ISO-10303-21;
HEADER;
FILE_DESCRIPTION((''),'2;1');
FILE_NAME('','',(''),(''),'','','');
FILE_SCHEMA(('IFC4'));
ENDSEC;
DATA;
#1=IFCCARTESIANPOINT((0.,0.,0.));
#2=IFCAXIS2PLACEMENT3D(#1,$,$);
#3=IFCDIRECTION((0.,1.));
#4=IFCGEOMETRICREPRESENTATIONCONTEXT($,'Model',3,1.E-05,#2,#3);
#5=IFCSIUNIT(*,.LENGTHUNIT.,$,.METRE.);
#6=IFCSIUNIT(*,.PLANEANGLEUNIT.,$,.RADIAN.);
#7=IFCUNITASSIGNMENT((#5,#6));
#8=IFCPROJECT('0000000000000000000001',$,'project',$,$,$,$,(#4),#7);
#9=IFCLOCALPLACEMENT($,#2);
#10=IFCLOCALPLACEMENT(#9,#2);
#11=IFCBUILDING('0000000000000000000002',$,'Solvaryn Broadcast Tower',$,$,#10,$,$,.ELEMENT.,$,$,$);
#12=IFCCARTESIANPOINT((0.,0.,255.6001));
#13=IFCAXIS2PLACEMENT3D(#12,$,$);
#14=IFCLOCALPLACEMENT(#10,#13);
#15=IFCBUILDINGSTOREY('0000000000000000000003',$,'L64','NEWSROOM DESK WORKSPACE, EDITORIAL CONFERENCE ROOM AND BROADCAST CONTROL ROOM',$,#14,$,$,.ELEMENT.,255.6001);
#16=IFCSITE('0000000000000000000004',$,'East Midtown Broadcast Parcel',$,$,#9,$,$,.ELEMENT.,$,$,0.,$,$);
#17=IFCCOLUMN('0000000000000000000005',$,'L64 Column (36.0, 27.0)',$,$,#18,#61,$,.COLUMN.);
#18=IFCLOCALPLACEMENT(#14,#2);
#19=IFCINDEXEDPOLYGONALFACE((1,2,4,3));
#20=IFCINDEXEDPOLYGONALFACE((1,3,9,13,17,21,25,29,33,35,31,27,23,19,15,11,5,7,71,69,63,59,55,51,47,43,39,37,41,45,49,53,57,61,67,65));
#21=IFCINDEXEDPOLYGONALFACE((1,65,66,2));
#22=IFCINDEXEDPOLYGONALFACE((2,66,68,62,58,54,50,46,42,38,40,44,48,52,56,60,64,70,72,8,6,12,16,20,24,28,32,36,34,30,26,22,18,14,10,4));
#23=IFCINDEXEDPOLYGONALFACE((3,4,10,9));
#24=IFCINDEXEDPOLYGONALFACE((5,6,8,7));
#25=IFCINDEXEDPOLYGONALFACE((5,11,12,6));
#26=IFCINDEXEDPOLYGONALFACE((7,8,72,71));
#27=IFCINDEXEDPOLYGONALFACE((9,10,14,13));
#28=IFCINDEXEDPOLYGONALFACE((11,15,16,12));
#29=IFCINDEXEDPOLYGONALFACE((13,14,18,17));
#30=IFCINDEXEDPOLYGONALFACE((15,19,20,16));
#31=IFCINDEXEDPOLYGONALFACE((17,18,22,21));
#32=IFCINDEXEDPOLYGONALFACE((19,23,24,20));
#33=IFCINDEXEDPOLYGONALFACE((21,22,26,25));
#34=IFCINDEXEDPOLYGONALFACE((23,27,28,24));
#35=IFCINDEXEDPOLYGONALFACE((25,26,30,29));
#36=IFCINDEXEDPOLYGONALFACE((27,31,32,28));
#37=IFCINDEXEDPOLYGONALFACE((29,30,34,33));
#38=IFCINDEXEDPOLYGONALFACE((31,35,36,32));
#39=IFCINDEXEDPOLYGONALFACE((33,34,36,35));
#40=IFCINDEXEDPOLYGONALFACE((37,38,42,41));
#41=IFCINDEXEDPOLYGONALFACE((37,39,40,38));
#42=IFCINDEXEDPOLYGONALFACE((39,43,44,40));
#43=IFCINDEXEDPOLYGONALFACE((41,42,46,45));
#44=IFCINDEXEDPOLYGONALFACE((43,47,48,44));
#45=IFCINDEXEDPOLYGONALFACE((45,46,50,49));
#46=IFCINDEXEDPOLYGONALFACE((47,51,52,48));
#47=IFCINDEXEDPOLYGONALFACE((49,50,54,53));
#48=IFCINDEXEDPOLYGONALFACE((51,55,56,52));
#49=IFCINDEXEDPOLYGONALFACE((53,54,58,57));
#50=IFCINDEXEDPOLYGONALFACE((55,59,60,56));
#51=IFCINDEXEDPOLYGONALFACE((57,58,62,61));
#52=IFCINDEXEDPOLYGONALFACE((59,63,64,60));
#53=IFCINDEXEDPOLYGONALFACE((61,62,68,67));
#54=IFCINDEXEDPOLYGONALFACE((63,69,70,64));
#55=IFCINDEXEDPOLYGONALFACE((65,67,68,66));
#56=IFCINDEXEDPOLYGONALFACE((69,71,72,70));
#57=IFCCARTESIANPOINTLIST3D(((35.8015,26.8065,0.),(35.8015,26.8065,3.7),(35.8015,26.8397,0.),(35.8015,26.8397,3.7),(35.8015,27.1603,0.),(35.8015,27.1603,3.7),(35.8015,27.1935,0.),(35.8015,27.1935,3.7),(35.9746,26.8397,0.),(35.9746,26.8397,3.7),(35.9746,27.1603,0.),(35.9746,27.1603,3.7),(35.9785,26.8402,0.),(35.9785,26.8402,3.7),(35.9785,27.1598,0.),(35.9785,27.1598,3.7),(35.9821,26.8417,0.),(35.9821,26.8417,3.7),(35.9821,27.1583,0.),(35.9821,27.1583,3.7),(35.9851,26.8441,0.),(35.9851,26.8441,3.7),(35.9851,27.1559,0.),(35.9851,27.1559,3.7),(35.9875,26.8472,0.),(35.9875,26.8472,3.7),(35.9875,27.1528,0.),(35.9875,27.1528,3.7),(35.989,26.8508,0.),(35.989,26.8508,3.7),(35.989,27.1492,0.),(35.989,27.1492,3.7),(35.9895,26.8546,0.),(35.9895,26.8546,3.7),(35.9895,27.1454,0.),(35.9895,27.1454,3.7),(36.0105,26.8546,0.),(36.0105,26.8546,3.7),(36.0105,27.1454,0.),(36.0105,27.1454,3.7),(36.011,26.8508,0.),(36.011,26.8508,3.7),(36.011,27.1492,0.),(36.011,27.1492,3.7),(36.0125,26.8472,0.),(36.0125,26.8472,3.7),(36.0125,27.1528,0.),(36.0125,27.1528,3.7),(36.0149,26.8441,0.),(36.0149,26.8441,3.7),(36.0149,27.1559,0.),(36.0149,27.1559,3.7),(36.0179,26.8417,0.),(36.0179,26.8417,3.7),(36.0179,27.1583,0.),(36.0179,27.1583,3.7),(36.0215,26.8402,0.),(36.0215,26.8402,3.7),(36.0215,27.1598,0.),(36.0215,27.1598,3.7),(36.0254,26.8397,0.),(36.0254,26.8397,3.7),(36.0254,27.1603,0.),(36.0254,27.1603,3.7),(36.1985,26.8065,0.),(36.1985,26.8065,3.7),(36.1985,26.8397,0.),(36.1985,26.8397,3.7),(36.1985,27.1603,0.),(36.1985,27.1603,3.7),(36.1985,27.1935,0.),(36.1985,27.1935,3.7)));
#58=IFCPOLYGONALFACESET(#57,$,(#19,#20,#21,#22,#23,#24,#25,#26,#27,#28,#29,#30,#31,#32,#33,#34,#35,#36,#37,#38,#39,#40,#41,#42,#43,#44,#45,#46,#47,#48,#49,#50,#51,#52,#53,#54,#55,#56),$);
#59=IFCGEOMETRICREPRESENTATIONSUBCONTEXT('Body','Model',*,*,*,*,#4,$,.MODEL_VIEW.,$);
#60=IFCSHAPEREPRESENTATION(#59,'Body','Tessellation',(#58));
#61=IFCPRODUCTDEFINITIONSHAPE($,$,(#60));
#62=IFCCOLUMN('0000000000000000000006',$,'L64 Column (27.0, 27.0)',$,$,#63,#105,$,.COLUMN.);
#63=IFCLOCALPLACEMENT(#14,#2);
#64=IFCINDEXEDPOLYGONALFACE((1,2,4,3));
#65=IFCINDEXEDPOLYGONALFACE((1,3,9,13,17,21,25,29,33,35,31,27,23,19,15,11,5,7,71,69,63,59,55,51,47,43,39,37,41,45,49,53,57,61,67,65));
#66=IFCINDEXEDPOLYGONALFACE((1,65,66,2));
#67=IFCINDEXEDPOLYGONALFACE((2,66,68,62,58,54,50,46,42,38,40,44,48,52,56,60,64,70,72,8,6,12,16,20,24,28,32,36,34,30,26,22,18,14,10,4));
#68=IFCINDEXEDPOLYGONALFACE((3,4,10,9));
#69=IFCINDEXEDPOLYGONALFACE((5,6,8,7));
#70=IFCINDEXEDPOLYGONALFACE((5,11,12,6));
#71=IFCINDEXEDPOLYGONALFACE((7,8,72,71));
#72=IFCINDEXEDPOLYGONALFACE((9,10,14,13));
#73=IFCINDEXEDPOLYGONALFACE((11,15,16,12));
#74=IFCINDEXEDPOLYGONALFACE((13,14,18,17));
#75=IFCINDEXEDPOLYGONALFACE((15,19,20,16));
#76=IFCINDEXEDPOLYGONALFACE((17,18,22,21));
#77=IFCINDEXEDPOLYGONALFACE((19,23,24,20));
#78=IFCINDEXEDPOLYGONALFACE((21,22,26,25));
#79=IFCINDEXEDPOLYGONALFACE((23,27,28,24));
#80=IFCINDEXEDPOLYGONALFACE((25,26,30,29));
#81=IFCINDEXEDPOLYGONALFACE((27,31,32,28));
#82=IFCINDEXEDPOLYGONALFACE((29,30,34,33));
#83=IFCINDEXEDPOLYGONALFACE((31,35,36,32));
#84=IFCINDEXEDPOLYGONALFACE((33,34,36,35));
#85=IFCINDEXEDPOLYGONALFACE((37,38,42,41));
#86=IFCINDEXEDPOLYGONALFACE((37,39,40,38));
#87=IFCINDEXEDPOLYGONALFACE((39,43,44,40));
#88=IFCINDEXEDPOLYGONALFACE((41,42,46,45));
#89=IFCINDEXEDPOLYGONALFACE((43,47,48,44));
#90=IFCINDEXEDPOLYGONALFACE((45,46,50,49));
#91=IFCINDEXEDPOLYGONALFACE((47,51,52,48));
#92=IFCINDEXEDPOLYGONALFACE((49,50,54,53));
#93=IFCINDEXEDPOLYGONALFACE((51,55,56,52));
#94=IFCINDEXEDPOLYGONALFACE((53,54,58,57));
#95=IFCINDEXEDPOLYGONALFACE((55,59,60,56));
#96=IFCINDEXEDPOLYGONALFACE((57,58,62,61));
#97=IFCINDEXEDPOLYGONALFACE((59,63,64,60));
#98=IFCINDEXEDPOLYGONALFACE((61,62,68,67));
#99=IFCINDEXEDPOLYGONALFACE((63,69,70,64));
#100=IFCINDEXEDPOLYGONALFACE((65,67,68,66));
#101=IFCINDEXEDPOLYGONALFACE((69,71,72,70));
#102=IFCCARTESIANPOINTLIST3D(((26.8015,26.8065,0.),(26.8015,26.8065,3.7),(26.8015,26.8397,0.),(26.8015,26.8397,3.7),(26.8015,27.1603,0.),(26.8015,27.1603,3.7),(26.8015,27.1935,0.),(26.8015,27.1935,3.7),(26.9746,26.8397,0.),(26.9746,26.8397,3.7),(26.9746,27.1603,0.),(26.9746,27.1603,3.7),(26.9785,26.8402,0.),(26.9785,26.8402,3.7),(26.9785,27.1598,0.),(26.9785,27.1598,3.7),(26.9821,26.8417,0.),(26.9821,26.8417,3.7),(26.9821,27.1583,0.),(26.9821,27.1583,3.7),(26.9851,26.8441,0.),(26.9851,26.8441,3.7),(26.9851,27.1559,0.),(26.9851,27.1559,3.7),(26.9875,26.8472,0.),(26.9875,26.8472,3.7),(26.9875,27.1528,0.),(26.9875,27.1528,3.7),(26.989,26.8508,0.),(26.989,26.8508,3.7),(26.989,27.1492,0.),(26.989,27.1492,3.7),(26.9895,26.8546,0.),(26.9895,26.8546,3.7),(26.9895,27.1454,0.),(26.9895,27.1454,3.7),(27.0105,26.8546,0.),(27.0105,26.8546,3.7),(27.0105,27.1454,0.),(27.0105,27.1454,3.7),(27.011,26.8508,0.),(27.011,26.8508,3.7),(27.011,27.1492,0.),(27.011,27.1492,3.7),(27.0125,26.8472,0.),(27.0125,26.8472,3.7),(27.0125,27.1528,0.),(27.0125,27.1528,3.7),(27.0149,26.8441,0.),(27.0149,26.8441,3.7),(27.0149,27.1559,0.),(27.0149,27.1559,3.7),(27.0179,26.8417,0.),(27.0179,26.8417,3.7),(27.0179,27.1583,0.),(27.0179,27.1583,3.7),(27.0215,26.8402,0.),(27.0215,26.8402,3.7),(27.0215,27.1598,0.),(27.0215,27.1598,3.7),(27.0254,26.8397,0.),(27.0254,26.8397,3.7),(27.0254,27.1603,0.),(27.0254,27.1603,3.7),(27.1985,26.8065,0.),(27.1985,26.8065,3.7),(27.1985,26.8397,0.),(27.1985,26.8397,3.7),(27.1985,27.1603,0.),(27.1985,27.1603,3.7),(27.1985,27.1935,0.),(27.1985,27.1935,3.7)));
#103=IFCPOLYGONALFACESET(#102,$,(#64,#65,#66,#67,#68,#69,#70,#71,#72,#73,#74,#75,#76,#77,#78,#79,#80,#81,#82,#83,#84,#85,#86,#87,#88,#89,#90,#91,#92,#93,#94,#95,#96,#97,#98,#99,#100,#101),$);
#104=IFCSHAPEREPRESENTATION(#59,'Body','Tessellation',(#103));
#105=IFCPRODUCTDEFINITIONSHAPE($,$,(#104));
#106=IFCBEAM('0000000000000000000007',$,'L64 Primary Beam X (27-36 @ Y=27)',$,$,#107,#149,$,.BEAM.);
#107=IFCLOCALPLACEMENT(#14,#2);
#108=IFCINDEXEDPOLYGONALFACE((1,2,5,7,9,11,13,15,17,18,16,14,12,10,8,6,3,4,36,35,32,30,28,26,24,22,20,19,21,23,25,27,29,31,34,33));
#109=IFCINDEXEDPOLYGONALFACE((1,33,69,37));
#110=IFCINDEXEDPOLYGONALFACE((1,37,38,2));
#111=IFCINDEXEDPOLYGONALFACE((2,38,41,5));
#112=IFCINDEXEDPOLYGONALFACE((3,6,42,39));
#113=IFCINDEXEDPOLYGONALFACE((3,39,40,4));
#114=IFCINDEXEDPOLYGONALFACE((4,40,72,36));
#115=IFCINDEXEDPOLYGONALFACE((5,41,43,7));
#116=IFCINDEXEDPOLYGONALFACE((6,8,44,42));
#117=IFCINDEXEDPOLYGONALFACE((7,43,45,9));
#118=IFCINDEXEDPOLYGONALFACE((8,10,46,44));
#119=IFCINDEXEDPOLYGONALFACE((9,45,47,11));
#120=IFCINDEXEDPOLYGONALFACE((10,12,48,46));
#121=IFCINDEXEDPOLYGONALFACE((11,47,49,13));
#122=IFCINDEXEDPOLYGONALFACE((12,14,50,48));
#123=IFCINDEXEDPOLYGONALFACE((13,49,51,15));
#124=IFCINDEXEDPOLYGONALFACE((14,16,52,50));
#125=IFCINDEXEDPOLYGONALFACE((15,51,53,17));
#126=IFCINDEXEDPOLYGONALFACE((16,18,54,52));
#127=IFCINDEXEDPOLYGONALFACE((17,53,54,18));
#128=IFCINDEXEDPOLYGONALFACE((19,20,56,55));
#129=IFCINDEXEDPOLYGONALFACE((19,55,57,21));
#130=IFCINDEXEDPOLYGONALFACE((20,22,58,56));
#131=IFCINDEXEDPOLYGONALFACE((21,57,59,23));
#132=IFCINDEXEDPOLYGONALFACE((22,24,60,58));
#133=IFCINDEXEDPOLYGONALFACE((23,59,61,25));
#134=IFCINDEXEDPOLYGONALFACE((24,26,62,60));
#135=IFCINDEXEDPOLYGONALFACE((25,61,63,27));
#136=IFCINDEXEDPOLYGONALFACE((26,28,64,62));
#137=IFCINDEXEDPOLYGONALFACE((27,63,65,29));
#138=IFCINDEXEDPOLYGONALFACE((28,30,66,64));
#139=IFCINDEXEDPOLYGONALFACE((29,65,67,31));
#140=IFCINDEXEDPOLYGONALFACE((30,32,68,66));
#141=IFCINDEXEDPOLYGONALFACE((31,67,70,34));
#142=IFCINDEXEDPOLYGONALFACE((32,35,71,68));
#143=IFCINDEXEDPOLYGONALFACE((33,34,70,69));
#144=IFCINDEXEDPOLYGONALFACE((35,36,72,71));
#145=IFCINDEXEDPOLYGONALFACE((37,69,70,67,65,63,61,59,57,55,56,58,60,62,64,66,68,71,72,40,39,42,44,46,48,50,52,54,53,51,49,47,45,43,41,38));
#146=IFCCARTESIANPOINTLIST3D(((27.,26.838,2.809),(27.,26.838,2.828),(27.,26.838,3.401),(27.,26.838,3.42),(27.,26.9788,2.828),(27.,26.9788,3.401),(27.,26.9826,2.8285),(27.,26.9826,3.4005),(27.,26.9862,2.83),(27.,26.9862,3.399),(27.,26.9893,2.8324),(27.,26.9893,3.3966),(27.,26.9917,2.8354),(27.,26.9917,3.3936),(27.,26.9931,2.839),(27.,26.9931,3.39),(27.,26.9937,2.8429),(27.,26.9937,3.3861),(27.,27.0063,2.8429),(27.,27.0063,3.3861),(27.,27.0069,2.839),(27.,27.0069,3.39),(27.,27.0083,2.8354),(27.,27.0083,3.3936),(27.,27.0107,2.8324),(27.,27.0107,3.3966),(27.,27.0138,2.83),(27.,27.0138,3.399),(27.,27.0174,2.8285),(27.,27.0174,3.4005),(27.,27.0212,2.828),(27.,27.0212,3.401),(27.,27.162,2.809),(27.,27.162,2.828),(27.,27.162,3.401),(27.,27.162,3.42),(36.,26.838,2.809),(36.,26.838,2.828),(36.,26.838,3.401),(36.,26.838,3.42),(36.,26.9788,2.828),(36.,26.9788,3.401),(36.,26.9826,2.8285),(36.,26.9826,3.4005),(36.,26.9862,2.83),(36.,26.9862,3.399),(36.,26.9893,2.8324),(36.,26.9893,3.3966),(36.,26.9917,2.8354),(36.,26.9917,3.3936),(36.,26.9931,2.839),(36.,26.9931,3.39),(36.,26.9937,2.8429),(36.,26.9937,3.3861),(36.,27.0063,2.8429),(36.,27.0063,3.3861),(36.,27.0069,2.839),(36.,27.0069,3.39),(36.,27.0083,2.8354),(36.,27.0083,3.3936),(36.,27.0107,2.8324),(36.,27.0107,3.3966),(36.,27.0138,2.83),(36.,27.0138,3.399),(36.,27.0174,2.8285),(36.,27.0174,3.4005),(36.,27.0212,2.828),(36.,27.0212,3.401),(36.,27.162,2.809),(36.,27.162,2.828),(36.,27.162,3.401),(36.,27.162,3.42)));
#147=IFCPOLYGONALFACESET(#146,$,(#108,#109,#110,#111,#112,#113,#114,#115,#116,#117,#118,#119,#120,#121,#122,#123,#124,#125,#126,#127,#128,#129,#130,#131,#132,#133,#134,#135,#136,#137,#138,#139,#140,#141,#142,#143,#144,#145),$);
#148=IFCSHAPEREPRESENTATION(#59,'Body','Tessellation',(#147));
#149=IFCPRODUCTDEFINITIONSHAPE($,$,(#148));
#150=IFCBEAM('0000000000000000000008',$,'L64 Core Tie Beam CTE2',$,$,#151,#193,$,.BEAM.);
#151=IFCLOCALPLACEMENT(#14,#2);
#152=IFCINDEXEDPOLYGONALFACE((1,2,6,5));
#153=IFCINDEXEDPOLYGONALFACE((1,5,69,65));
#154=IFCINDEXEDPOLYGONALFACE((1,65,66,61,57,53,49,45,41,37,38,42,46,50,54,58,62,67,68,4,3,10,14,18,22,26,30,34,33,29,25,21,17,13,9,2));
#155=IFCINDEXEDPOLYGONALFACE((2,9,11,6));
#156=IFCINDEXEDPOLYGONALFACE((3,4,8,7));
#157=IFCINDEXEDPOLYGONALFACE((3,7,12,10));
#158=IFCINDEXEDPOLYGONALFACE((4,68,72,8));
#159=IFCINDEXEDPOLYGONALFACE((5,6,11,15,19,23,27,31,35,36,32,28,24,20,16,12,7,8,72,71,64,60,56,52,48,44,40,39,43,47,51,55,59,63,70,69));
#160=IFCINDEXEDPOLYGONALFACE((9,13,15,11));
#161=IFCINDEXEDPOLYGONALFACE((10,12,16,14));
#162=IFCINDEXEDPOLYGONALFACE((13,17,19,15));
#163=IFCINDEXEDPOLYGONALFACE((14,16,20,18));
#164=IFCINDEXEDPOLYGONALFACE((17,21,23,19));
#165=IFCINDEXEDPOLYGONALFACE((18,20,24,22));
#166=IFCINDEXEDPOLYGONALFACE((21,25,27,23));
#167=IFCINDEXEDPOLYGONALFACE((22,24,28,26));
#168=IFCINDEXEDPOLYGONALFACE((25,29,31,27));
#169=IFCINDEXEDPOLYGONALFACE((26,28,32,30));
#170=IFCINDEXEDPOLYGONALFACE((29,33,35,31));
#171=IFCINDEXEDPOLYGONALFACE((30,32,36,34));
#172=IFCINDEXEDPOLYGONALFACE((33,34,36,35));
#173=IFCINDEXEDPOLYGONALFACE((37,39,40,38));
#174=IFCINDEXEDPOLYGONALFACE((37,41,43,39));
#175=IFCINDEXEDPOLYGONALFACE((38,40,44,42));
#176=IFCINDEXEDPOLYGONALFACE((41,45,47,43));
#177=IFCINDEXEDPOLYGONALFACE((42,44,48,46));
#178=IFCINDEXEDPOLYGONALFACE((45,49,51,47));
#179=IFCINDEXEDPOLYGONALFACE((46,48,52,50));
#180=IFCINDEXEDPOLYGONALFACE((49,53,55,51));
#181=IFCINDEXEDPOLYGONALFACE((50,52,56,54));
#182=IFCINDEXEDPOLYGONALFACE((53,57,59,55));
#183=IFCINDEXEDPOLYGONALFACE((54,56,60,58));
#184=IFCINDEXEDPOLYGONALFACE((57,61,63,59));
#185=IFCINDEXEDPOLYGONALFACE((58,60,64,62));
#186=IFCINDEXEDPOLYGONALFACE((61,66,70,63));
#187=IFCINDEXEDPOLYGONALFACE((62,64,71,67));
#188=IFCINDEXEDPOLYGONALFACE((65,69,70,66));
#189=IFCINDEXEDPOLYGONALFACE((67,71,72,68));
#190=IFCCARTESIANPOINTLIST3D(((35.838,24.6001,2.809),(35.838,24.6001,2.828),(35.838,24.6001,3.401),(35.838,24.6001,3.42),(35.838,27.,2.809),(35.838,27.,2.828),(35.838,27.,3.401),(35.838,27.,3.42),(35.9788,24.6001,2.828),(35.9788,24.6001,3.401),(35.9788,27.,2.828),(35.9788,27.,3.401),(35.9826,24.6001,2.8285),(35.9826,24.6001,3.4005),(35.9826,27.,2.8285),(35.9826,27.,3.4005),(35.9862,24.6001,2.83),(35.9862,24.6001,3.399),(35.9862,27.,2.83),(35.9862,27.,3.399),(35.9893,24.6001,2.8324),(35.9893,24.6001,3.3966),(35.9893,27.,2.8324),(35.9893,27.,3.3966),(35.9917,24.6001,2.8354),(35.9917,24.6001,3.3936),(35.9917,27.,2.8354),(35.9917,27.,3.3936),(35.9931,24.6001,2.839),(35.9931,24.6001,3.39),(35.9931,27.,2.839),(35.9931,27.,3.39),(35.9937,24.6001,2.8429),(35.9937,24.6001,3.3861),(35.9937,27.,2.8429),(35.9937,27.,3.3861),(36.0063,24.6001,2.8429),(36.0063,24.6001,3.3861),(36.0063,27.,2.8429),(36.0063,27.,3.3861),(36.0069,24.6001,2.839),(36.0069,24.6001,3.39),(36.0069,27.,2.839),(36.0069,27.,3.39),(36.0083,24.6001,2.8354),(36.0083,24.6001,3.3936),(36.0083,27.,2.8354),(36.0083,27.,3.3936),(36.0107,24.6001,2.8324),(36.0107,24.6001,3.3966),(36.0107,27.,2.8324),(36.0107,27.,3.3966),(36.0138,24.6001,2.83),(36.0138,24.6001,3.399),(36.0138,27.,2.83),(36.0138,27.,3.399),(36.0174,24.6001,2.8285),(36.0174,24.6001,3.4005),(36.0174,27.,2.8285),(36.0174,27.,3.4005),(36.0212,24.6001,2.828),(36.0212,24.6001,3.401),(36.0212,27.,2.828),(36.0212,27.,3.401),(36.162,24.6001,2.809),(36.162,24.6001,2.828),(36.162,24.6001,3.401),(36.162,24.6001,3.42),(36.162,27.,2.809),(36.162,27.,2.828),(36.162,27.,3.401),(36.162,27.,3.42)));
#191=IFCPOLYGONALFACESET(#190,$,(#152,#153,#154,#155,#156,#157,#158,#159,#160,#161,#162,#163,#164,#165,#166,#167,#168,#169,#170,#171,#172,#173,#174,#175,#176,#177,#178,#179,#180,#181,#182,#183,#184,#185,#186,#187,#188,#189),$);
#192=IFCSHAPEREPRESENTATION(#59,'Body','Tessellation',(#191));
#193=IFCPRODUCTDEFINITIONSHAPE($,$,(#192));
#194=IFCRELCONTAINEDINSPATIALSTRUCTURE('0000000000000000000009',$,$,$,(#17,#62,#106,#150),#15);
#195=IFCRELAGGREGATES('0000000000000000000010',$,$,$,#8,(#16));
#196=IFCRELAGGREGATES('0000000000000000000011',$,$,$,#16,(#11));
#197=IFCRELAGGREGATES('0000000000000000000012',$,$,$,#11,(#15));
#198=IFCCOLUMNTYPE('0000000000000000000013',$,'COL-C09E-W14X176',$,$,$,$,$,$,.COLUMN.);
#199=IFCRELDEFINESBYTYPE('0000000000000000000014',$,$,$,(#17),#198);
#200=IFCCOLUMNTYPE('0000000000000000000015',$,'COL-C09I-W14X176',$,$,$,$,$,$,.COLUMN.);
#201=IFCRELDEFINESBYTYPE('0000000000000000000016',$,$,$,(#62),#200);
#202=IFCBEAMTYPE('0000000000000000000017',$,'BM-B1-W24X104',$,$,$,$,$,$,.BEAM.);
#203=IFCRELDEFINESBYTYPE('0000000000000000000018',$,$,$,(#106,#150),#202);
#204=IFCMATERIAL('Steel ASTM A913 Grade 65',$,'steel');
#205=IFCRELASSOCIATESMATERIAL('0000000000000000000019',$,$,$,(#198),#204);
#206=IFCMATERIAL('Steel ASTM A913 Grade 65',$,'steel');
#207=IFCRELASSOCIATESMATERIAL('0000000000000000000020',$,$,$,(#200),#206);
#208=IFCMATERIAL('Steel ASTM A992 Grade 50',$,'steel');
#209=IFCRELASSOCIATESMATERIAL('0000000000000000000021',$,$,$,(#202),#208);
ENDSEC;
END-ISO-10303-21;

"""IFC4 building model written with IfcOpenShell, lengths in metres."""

from ifc_helpers import new_model, si_unit, direction, frame, origin, origin_2d, place, context, subcontext, project, spatial, i_section, extrude, material, material_profile, profile_set, type_object, element, save


model = new_model("IFC4")

# Units and contexts
model_context = context("Model", 3, precision=1e-05, world=origin(), true_north=direction((0.0, 1.0)))
body_context = subcontext(model_context, "Body", "Model", "MODEL_VIEW")
ifc_project = project(units=[si_unit("LENGTHUNIT", "METRE"), si_unit("PLANEANGLEUNIT", "RADIAN")], contexts=[model_context])

# Site, building, storey
site_placement = place(None, origin())
site = spatial("IfcSite", under=ifc_project, at=site_placement, Name="East Midtown Broadcast Parcel", CompositionType="ELEMENT", RefElevation=0.0)
building_placement = place(site_placement, origin())
building = spatial("IfcBuilding", under=site, at=building_placement, Name="Solvaryn Broadcast Tower", CompositionType="ELEMENT")
storey_placement = place(building_placement, frame((0.0, 0.0, 255.6001)))
storey = spatial("IfcBuildingStorey", under=building, at=storey_placement, Name="L64", Description="NEWSROOM DESK WORKSPACE, EDITORIAL CONFERENCE ROOM AND BROADCAST CONTROL ROOM", CompositionType="ELEMENT", Elevation=255.6001)

# Columns
ifc_material_1 = material(Name="Steel ASTM A913 Grade 65", Category="steel")
ifc_material_profile_1 = material_profile(ifc_material_1, i_section(OverallWidth=0.397, OverallDepth=0.387, WebThickness=0.021, FlangeThickness=0.0332, FilletRadius=0.0149, at=origin_2d()))
ifc_profile_set_1 = profile_set([ifc_material_profile_1], Name="Steel ASTM A913 Grade 65")
column_type_1 = type_object("IfcColumnType", Name="COL-C09E-W14X176", PredefinedType="COLUMN", material=ifc_profile_set_1)
column_1_placement = place(storey_placement, frame((36.0, 27.0, 0.0), z_axis=(0.0, 0.0, 1.0), x_axis=(1.0, 0.0, 0.0)))
element("IfcColumn", 1, at=column_1_placement, inside=storey, type_object=column_type_1, Name="L64 Column (36.0, 27.0)", PredefinedType="COLUMN", context=body_context, shape_type="SweptSolid", body=[
    extrude(i_section(OverallWidth=0.397, OverallDepth=0.387, WebThickness=0.021, FlangeThickness=0.0332, FilletRadius=0.0149, at=origin_2d()), origin(), (0.0, 0.0, 1.0), 3.7),
])
ifc_material_2 = material(Name="Steel ASTM A913 Grade 65", Category="steel")
ifc_material_profile_2 = material_profile(ifc_material_2, i_section(OverallWidth=0.397, OverallDepth=0.387, WebThickness=0.021, FlangeThickness=0.0332, FilletRadius=0.0149, at=origin_2d()))
ifc_profile_set_2 = profile_set([ifc_material_profile_2], Name="Steel ASTM A913 Grade 65")
column_type_2 = type_object("IfcColumnType", Name="COL-C09I-W14X176", PredefinedType="COLUMN", material=ifc_profile_set_2)
column_2_placement = place(storey_placement, frame((27.0, 27.0, 0.0), z_axis=(0.0, 0.0, 1.0), x_axis=(1.0, 0.0, 0.0)))
element("IfcColumn", 2, at=column_2_placement, inside=storey, type_object=column_type_2, Name="L64 Column (27.0, 27.0)", PredefinedType="COLUMN", context=body_context, shape_type="SweptSolid", body=[
    extrude(i_section(OverallWidth=0.397, OverallDepth=0.387, WebThickness=0.021, FlangeThickness=0.0332, FilletRadius=0.0149, at=origin_2d()), origin(), (0.0, 0.0, 1.0), 3.7),
])

# Beams
ifc_material_3 = material(Name="Steel ASTM A992 Grade 50", Category="steel")
ifc_material_profile_3 = material_profile(ifc_material_3, i_section(OverallWidth=0.324, OverallDepth=0.6111, WebThickness=0.0127, FlangeThickness=0.019, FilletRadius=0.0149, at=origin_2d()))
ifc_profile_set_3 = profile_set([ifc_material_profile_3], Name="Steel ASTM A992 Grade 50")
beam_type_1 = type_object("IfcBeamType", Name="BM-B1-W24X104", PredefinedType="BEAM", material=ifc_profile_set_3)
beam_1_placement = place(storey_placement, frame((27.0, 27.0, 3.1145), z_axis=(1.0, 0.0, 0.0), x_axis=(0.0, 1.0, 0.0)))
element("IfcBeam", 3, at=beam_1_placement, inside=storey, type_object=beam_type_1, Name="L64 Primary Beam X (27-36 @ Y=27)", PredefinedType="BEAM", context=body_context, shape_type="SweptSolid", body=[
    extrude(i_section(OverallWidth=0.324, OverallDepth=0.6111, WebThickness=0.0127, FlangeThickness=0.019, FilletRadius=0.0149, at=origin_2d()), origin(), (0.0, 0.0, 1.0), 9.0),
])
beam_2_placement = place(storey_placement, frame((36.0, 24.6001, 3.1145), z_axis=(0.0, 1.0, 0.0), x_axis=(-1.0, 0.0, 0.0)))
element("IfcBeam", 4, at=beam_2_placement, inside=storey, type_object=beam_type_1, Name="L64 Core Tie Beam CTE2", PredefinedType="BEAM", context=body_context, shape_type="SweptSolid", body=[
    extrude(i_section(OverallWidth=0.324, OverallDepth=0.6111, WebThickness=0.0127, FlangeThickness=0.019, FilletRadius=0.0149, at=origin_2d()), origin(), (0.0, 0.0, 1.0), 2.3999),
])

save(model, "model.ifc")
